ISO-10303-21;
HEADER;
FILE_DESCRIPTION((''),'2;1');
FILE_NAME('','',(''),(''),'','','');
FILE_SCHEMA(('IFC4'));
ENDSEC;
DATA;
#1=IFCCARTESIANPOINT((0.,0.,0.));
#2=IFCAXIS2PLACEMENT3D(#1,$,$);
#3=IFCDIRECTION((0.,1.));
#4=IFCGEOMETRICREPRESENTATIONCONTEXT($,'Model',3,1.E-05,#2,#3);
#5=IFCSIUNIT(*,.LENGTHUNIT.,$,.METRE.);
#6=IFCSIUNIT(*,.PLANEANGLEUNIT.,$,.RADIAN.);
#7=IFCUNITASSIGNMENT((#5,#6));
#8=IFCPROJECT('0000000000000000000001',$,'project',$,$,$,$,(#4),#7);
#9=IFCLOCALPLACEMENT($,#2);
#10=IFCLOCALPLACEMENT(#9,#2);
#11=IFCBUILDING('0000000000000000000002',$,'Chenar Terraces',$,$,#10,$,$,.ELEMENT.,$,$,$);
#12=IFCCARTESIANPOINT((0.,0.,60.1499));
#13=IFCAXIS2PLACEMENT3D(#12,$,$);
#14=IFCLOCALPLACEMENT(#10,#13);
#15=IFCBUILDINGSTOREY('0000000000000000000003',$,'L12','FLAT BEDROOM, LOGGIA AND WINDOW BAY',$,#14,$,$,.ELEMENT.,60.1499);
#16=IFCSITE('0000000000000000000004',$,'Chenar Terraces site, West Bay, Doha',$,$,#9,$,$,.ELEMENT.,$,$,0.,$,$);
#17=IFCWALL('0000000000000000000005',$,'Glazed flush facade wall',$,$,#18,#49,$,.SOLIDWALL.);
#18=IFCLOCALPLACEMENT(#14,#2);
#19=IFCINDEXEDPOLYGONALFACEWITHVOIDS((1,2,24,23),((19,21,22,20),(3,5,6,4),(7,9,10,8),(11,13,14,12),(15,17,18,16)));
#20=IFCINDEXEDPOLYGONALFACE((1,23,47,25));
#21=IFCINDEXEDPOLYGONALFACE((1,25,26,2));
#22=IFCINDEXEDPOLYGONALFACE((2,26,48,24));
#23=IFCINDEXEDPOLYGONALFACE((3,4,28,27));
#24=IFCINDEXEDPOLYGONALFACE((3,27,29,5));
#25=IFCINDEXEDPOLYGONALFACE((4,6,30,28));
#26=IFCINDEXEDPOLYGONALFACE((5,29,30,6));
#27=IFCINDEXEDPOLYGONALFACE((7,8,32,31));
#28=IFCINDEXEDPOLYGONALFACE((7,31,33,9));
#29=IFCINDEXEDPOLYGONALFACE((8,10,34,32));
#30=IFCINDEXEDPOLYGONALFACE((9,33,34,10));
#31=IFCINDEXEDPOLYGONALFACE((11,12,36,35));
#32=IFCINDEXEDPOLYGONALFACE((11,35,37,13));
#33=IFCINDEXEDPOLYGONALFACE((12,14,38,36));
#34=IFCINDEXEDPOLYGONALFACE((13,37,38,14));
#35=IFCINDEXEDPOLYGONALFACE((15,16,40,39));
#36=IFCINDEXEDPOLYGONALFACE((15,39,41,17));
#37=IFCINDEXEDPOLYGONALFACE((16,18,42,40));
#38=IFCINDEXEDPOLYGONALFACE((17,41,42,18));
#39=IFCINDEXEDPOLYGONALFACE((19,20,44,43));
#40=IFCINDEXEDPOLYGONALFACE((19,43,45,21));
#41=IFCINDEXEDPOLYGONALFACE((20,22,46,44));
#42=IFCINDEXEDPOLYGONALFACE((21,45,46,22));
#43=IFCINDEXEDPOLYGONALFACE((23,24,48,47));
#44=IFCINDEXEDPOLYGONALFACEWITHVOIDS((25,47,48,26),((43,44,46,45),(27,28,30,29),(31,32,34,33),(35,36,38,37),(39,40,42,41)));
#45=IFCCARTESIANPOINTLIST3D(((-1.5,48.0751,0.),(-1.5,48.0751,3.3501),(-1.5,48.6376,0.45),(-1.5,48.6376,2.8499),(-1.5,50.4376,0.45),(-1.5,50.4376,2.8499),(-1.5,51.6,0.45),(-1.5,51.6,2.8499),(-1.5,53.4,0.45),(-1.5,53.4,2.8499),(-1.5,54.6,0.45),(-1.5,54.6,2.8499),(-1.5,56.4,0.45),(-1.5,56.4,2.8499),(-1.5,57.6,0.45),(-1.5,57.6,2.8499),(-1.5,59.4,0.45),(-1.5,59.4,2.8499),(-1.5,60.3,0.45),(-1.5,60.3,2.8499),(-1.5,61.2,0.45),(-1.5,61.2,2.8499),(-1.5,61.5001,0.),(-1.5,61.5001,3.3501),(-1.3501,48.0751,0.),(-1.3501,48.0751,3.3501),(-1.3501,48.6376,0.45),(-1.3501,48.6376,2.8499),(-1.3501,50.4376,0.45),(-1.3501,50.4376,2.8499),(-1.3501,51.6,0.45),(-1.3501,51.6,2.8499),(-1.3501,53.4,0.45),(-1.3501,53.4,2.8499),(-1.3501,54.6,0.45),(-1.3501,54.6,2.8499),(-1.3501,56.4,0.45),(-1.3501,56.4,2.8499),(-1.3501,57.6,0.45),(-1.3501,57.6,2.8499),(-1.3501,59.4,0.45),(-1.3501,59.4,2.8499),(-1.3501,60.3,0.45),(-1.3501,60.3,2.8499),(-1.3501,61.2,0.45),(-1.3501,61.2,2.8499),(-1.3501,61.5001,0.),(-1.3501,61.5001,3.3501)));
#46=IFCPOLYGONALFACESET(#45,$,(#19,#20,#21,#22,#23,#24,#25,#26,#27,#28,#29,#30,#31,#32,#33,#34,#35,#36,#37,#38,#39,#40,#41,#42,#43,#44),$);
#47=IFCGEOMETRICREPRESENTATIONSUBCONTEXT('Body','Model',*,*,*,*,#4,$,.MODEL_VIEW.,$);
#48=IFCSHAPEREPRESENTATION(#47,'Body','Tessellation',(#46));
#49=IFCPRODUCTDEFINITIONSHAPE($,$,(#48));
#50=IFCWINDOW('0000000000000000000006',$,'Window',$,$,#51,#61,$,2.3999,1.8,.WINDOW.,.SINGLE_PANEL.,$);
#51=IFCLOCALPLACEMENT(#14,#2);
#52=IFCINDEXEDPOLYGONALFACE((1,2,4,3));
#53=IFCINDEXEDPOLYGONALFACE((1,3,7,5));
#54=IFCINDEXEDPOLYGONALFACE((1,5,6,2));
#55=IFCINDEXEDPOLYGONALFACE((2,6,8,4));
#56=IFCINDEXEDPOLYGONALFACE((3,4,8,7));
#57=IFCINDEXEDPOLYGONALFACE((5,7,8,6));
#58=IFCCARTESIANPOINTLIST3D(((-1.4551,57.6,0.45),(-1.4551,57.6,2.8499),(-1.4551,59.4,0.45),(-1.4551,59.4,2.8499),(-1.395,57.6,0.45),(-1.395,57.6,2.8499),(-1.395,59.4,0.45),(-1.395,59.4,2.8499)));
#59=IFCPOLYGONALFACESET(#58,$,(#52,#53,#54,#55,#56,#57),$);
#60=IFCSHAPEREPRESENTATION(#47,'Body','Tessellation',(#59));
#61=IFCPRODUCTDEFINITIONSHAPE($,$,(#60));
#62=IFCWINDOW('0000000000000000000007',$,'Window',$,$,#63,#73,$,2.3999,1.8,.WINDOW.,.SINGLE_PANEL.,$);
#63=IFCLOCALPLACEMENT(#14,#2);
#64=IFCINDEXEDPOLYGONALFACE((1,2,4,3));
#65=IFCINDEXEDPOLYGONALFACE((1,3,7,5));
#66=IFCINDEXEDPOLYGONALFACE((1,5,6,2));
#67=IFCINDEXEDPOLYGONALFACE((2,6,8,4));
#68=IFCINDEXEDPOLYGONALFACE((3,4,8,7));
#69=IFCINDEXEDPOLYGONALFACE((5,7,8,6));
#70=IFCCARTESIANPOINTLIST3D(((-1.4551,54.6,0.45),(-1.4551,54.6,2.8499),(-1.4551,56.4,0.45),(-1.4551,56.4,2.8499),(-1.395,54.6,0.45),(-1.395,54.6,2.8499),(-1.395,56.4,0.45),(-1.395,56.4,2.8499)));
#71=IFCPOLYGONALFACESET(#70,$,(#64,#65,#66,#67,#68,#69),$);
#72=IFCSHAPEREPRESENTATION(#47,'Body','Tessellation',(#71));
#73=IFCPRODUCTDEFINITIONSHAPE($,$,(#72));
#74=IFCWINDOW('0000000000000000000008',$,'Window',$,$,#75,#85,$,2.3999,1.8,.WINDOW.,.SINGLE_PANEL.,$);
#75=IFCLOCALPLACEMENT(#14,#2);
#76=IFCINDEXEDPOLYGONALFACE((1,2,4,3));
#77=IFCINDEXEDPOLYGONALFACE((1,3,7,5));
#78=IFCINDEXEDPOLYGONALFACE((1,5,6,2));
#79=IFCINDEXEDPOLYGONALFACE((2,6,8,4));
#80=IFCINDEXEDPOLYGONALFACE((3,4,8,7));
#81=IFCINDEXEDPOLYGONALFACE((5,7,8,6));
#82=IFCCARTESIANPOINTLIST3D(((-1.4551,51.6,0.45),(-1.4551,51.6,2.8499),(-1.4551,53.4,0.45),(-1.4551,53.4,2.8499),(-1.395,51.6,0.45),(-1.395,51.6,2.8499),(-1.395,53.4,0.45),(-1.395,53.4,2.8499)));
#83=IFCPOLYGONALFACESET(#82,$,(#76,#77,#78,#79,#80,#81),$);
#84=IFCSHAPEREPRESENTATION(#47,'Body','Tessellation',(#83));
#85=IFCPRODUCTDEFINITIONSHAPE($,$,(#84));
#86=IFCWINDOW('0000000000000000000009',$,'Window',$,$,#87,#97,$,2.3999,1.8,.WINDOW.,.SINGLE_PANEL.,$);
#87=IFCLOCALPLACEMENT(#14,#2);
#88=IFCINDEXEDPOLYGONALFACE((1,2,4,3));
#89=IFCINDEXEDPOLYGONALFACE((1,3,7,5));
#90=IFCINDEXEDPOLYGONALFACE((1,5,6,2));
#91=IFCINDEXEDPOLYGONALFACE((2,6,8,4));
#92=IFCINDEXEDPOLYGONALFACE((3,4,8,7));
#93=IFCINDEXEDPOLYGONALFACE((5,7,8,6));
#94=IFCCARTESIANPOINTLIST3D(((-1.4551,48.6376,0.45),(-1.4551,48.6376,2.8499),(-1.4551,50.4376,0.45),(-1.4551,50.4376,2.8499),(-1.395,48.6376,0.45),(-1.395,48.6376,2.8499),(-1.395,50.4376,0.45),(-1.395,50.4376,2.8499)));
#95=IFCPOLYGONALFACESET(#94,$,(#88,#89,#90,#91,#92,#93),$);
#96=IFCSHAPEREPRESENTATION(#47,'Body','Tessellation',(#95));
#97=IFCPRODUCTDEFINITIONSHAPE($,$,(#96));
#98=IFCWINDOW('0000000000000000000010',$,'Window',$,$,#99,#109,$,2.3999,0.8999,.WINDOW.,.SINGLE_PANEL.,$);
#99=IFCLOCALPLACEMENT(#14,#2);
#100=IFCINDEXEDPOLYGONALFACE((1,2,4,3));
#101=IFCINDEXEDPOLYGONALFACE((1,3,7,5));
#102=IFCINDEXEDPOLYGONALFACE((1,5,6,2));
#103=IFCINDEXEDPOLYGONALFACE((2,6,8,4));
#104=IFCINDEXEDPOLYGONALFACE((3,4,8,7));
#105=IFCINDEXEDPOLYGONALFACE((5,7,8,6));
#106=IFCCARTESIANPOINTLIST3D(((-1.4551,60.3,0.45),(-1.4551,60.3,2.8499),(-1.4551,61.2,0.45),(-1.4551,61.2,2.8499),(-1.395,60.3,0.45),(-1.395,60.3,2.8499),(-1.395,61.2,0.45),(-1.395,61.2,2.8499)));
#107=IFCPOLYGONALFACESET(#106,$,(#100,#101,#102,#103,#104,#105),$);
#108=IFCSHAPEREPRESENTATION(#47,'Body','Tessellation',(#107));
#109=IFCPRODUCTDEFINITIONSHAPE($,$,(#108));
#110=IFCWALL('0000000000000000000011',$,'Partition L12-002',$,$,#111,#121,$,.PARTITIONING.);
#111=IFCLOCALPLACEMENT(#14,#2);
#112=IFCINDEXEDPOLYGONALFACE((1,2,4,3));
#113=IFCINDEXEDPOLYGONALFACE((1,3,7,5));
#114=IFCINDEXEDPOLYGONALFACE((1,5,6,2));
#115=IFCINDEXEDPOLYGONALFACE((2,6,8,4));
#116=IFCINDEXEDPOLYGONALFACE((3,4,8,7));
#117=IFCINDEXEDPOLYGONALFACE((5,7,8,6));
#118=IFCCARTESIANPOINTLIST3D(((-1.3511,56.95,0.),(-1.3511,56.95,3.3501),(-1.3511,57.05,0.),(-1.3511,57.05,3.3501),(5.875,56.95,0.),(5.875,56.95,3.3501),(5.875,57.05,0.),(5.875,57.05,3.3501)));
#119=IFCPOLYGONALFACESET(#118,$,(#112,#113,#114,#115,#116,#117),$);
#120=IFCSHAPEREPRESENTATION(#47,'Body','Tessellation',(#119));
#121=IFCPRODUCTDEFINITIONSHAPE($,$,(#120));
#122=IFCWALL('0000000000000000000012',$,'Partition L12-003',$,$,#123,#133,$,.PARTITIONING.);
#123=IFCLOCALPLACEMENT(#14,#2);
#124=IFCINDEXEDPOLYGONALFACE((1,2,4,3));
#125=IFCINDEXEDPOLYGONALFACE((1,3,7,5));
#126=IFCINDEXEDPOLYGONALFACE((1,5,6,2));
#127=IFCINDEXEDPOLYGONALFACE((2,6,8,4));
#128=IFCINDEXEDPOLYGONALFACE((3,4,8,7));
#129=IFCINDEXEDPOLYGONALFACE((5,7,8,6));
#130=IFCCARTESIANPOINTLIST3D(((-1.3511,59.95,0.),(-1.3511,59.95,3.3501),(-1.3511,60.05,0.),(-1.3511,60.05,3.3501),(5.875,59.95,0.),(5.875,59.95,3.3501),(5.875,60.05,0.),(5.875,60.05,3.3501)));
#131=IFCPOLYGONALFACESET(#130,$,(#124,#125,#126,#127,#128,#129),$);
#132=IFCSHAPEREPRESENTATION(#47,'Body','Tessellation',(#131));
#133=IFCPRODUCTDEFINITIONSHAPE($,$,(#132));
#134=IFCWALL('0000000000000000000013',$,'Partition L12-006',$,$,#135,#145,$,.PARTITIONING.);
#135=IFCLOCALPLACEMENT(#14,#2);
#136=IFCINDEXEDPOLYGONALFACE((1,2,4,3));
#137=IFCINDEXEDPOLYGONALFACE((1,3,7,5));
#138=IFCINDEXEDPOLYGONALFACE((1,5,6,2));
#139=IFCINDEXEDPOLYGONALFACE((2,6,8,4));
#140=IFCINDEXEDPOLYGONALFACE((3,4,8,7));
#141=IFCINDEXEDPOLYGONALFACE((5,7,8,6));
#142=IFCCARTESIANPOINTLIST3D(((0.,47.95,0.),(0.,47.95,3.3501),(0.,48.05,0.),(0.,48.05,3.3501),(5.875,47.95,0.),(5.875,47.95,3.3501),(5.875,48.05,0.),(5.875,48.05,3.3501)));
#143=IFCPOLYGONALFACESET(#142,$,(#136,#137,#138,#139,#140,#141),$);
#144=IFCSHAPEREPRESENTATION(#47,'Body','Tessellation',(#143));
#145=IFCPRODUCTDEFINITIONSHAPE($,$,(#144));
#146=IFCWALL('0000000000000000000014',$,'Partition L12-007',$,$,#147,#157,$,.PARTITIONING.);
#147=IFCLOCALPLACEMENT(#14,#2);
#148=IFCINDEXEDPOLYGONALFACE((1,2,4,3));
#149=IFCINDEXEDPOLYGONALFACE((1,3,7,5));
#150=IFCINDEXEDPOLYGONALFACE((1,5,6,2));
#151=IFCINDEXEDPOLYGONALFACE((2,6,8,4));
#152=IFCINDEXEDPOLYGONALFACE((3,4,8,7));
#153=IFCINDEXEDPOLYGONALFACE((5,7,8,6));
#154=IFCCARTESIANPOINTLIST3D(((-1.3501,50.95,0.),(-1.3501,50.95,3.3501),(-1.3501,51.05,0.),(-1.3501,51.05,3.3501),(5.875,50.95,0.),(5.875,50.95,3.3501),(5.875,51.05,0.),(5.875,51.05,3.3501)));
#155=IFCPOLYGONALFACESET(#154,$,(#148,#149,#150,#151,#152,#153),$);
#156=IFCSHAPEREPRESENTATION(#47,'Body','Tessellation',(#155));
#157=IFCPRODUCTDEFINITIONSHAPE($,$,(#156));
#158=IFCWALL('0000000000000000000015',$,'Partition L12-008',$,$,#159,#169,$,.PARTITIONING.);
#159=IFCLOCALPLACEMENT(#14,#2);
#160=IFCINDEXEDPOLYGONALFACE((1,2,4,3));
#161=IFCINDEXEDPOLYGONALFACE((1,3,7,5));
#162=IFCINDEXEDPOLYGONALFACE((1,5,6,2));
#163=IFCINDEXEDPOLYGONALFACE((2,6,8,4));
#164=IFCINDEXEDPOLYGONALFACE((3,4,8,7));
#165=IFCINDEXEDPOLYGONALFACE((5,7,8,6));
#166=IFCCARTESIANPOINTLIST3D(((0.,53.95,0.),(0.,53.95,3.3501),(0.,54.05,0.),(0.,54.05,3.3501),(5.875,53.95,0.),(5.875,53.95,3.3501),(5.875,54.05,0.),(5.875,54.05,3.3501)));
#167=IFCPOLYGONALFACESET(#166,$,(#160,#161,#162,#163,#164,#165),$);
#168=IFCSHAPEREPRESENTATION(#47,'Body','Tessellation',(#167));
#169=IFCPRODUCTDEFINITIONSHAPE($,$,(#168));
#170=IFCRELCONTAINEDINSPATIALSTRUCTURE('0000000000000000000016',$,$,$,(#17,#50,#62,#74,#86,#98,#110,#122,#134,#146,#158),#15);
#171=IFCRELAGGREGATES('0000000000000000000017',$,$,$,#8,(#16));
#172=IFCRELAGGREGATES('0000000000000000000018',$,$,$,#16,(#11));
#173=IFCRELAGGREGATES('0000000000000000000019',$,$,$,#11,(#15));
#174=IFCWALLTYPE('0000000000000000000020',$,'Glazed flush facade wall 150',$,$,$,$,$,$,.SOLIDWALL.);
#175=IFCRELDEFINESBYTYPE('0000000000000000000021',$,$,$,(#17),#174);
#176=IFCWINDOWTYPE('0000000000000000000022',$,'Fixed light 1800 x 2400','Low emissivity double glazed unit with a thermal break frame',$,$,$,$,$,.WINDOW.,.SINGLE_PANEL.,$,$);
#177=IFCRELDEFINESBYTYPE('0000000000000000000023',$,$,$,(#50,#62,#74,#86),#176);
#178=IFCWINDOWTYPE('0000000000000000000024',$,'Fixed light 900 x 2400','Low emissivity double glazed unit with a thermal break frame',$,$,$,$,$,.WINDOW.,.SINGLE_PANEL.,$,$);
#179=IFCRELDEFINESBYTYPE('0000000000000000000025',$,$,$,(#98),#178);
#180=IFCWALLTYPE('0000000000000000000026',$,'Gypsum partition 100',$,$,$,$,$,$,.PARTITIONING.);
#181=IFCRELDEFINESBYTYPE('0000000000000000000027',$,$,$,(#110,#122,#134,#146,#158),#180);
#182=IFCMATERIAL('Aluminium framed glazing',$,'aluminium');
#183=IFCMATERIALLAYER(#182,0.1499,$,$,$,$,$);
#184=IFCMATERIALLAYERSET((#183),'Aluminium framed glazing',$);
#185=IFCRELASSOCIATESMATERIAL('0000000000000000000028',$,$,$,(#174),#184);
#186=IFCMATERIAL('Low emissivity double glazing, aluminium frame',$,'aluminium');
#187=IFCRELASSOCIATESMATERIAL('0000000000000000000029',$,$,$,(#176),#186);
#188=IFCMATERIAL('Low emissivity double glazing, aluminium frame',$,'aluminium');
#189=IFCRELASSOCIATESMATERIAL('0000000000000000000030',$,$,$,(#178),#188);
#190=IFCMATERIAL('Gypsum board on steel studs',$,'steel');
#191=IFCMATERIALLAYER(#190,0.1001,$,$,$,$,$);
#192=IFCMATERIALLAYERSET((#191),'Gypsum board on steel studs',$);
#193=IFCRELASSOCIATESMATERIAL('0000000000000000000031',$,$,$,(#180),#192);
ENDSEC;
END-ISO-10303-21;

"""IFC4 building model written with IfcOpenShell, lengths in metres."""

from ifc_helpers import new_model, si_unit, direction, frame, frame_2d, origin, place, context, subcontext, project, spatial, rectangle, extrude, material, layer, layer_set, type_object, element, fill, save


model = new_model("IFC4")

# Units and contexts
model_context = context("Model", 3, precision=1e-05, world=origin(), true_north=direction((0.0, 1.0)))
body_context = subcontext(model_context, "Body", "Model", "MODEL_VIEW")
ifc_project = project(units=[si_unit("LENGTHUNIT", "METRE"), si_unit("PLANEANGLEUNIT", "RADIAN")], contexts=[model_context])

# Site, building, storey
site_placement = place(None, origin())
site = spatial("IfcSite", under=ifc_project, at=site_placement, Name="Chenar Terraces site, West Bay, Doha", CompositionType="ELEMENT", RefElevation=0.0)
building_placement = place(site_placement, origin())
building = spatial("IfcBuilding", under=site, at=building_placement, Name="Chenar Terraces", CompositionType="ELEMENT")
storey_placement = place(building_placement, frame((0.0, 0.0, 60.1499)))
storey = spatial("IfcBuildingStorey", under=building, at=storey_placement, Name="L12", Description="FLAT BEDROOM, LOGGIA AND WINDOW BAY", CompositionType="ELEMENT", Elevation=60.1499)

# Shared definitions
placement = place(storey_placement, frame((0.0, 54.0, 0.0), z_axis=(0.0, 0.0, 1.0), x_axis=(1.0, 0.0, 0.0)))

# Shared definitions
ifc_material_1 = material(Name="Aluminium framed glazing", Category="aluminium")
ifc_layer_1 = layer(ifc_material_1, 0.1499)
ifc_layer_set_1 = layer_set([ifc_layer_1], Name="Aluminium framed glazing")
wall_type_1 = type_object("IfcWallType", Name="Glazed flush facade wall 150", PredefinedType="SOLIDWALL", material=ifc_layer_set_1)

# Wall, openings, windows
wall_1_placement = place(storey_placement, frame((-1.425, 61.5, 0.0), z_axis=(0.0, 0.0, 1.0), x_axis=(0.0, -1.0, 0.0)))
wall_1 = element("IfcWall", 1, at=wall_1_placement, inside=storey, type_object=wall_type_1, Name="Glazed flush facade wall", PredefinedType="SOLIDWALL", context=body_context, shape_type="SweptSolid", body=[
    extrude(rectangle(XDim=13.425, YDim=0.1499, at=frame_2d((6.7124, 0.0))), origin(), (0.0, 0.0, 1.0), 3.3501),
])
opening_1_placement = place(wall_1_placement, frame((0.3, 0.0, 0.45)))
opening_1 = element("IfcOpeningElement", 2, at=opening_1_placement, cuts=wall_1, PredefinedType="OPENING", context=body_context, shape_type="SweptSolid", body=[
    extrude(rectangle(XDim=0.8999, YDim=2.3999, at=frame_2d((0.45, 1.2))), frame((0.0, 0.085, 0.0), z_axis=(0.0, -1.0, 0.0), x_axis=(1.0, 0.0, 0.0)), (0.0, 0.0, 1.0), 0.1699),
])
opening_2_placement = place(wall_1_placement, frame((2.1001, 0.0, 0.45)))
opening_2 = element("IfcOpeningElement", 3, at=opening_2_placement, cuts=wall_1, PredefinedType="OPENING", context=body_context, shape_type="SweptSolid", body=[
    extrude(rectangle(XDim=1.8, YDim=2.3999, at=frame_2d((0.8999, 1.2))), frame((0.0, 0.085, 0.0), z_axis=(0.0, -1.0, 0.0), x_axis=(1.0, 0.0, 0.0)), (0.0, 0.0, 1.0), 0.1699),
])
opening_3_placement = place(wall_1_placement, frame((5.1001, 0.0, 0.45)))
opening_3 = element("IfcOpeningElement", 4, at=opening_3_placement, cuts=wall_1, PredefinedType="OPENING", context=body_context, shape_type="SweptSolid", body=[
    extrude(rectangle(XDim=1.8, YDim=2.3999, at=frame_2d((0.8999, 1.2))), frame((0.0, 0.085, 0.0), z_axis=(0.0, -1.0, 0.0), x_axis=(1.0, 0.0, 0.0)), (0.0, 0.0, 1.0), 0.1699),
])
opening_4_placement = place(wall_1_placement, frame((8.1001, 0.0, 0.45)))
opening_4 = element("IfcOpeningElement", 5, at=opening_4_placement, cuts=wall_1, PredefinedType="OPENING", context=body_context, shape_type="SweptSolid", body=[
    extrude(rectangle(XDim=1.8, YDim=2.3999, at=frame_2d((0.8999, 1.2))), frame((0.0, 0.085, 0.0), z_axis=(0.0, -1.0, 0.0), x_axis=(1.0, 0.0, 0.0)), (0.0, 0.0, 1.0), 0.1699),
])
opening_5_placement = place(wall_1_placement, frame((11.0625, 0.0, 0.45)))
opening_5 = element("IfcOpeningElement", 6, at=opening_5_placement, cuts=wall_1, PredefinedType="OPENING", context=body_context, shape_type="SweptSolid", body=[
    extrude(rectangle(XDim=1.8, YDim=2.3999, at=frame_2d((0.8999, 1.2))), frame((0.0, 0.085, 0.0), z_axis=(0.0, -1.0, 0.0), x_axis=(1.0, 0.0, 0.0)), (0.0, 0.0, 1.0), 0.1699),
])
ifc_material_2 = material(Name="Low emissivity double glazing, aluminium frame", Category="aluminium")
window_type_1 = type_object("IfcWindowType", Name="Fixed light 1800 x 2400", Description="Low emissivity double glazed unit with a thermal break frame", PartitioningType="SINGLE_PANEL", PredefinedType="WINDOW", material=ifc_material_2)
window_1_placement = place(opening_2_placement, origin())
window_1 = element("IfcWindow", 7, at=window_1_placement, inside=storey, type_object=window_type_1, Name="Window", OverallHeight=2.3999, OverallWidth=1.8, PartitioningType="SINGLE_PANEL", PredefinedType="WINDOW", context=body_context, shape_type="SweptSolid", body=[
    extrude(rectangle(XDim=1.8, YDim=2.3999, at=frame_2d((0.8999, 1.2))), frame((0.0, 0.03, 0.0), z_axis=(0.0, -1.0, 0.0), x_axis=(1.0, 0.0, 0.0)), (0.0, 0.0, 1.0), 0.0601),
])
fill(opening_2, window_1)
window_2_placement = place(opening_3_placement, origin())
window_2 = element("IfcWindow", 8, at=window_2_placement, inside=storey, type_object=window_type_1, Name="Window", OverallHeight=2.3999, OverallWidth=1.8, PartitioningType="SINGLE_PANEL", PredefinedType="WINDOW", context=body_context, shape_type="SweptSolid", body=[
    extrude(rectangle(XDim=1.8, YDim=2.3999, at=frame_2d((0.8999, 1.2))), frame((0.0, 0.03, 0.0), z_axis=(0.0, -1.0, 0.0), x_axis=(1.0, 0.0, 0.0)), (0.0, 0.0, 1.0), 0.0601),
])
fill(opening_3, window_2)
window_3_placement = place(opening_4_placement, origin())
window_3 = element("IfcWindow", 9, at=window_3_placement, inside=storey, type_object=window_type_1, Name="Window", OverallHeight=2.3999, OverallWidth=1.8, PartitioningType="SINGLE_PANEL", PredefinedType="WINDOW", context=body_context, shape_type="SweptSolid", body=[
    extrude(rectangle(XDim=1.8, YDim=2.3999, at=frame_2d((0.8999, 1.2))), frame((0.0, 0.03, 0.0), z_axis=(0.0, -1.0, 0.0), x_axis=(1.0, 0.0, 0.0)), (0.0, 0.0, 1.0), 0.0601),
])
fill(opening_4, window_3)
window_4_placement = place(opening_5_placement, origin())
window_4 = element("IfcWindow", 10, at=window_4_placement, inside=storey, type_object=window_type_1, Name="Window", OverallHeight=2.3999, OverallWidth=1.8, PartitioningType="SINGLE_PANEL", PredefinedType="WINDOW", context=body_context, shape_type="SweptSolid", body=[
    extrude(rectangle(XDim=1.8, YDim=2.3999, at=frame_2d((0.8999, 1.2))), frame((0.0, 0.03, 0.0), z_axis=(0.0, -1.0, 0.0), x_axis=(1.0, 0.0, 0.0)), (0.0, 0.0, 1.0), 0.0601),
])
fill(opening_5, window_4)
ifc_material_3 = material(Name="Low emissivity double glazing, aluminium frame", Category="aluminium")
window_type_2 = type_object("IfcWindowType", Name="Fixed light 900 x 2400", Description="Low emissivity double glazed unit with a thermal break frame", PartitioningType="SINGLE_PANEL", PredefinedType="WINDOW", material=ifc_material_3)
window_5_placement = place(opening_1_placement, origin())
window_5 = element("IfcWindow", 11, at=window_5_placement, inside=storey, type_object=window_type_2, Name="Window", OverallHeight=2.3999, OverallWidth=0.8999, PartitioningType="SINGLE_PANEL", PredefinedType="WINDOW", context=body_context, shape_type="SweptSolid", body=[
    extrude(rectangle(XDim=0.8999, YDim=2.3999, at=frame_2d((0.45, 1.2))), frame((0.0, 0.03, 0.0), z_axis=(0.0, -1.0, 0.0), x_axis=(1.0, 0.0, 0.0)), (0.0, 0.0, 1.0), 0.0601),
])
fill(opening_1, window_5)

# Walls
ifc_material_4 = material(Name="Gypsum board on steel studs", Category="steel")
ifc_layer_2 = layer(ifc_material_4, 0.1001)
ifc_layer_set_2 = layer_set([ifc_layer_2], Name="Gypsum board on steel studs")
wall_type_2 = type_object("IfcWallType", Name="Gypsum partition 100", PredefinedType="PARTITIONING", material=ifc_layer_set_2)
for number, where, z_axis, x_axis, name in (
    (12, (-1.3511, 57.0, 0.0), (0.0, 0.0, 1.0), (1.0, 0.0, 0.0), "Partition L12-002"),
    (13, (-1.3511, 60.0, 0.0), (0.0, 0.0, 1.0), (1.0, 0.0, 0.0), "Partition L12-003"),
):
    element("IfcWall", number, at=place(storey_placement, frame(where, z_axis=z_axis, x_axis=x_axis)), inside=storey, type_object=wall_type_2, Name=name, PredefinedType="PARTITIONING", context=body_context, shape_type="SweptSolid", body=[
        extrude(rectangle(XDim=7.2261, YDim=0.1001, at=frame_2d((3.613, 0.0))), origin(), (0.0, 0.0, 1.0), 3.3501),
    ])
wall_2_placement = place(storey_placement, frame((0.0, 48.0, 0.0), z_axis=(0.0, 0.0, 1.0), x_axis=(1.0, 0.0, 0.0)))
element("IfcWall", 14, at=wall_2_placement, inside=storey, type_object=wall_type_2, Name="Partition L12-006", PredefinedType="PARTITIONING", context=body_context, shape_type="SweptSolid", body=[
    extrude(rectangle(XDim=5.875, YDim=0.1001, at=frame_2d((2.9375, 0.0))), origin(), (0.0, 0.0, 1.0), 3.3501),
])
wall_3_placement = place(storey_placement, frame((-1.3501, 51.0, 0.0), z_axis=(0.0, 0.0, 1.0), x_axis=(1.0, 0.0, 0.0)))
element("IfcWall", 15, at=wall_3_placement, inside=storey, type_object=wall_type_2, Name="Partition L12-007", PredefinedType="PARTITIONING", context=body_context, shape_type="SweptSolid", body=[
    extrude(rectangle(XDim=7.2251, YDim=0.1001, at=frame_2d((3.6125, 0.0))), origin(), (0.0, 0.0, 1.0), 3.3501),
])
element("IfcWall", 16, at=placement, inside=storey, type_object=wall_type_2, Name="Partition L12-008", PredefinedType="PARTITIONING", context=body_context, shape_type="SweptSolid", body=[
    extrude(rectangle(XDim=5.875, YDim=0.1001, at=frame_2d((2.9375, 0.0))), origin(), (0.0, 0.0, 1.0), 3.3501),
])

save(model, "model.ifc")
